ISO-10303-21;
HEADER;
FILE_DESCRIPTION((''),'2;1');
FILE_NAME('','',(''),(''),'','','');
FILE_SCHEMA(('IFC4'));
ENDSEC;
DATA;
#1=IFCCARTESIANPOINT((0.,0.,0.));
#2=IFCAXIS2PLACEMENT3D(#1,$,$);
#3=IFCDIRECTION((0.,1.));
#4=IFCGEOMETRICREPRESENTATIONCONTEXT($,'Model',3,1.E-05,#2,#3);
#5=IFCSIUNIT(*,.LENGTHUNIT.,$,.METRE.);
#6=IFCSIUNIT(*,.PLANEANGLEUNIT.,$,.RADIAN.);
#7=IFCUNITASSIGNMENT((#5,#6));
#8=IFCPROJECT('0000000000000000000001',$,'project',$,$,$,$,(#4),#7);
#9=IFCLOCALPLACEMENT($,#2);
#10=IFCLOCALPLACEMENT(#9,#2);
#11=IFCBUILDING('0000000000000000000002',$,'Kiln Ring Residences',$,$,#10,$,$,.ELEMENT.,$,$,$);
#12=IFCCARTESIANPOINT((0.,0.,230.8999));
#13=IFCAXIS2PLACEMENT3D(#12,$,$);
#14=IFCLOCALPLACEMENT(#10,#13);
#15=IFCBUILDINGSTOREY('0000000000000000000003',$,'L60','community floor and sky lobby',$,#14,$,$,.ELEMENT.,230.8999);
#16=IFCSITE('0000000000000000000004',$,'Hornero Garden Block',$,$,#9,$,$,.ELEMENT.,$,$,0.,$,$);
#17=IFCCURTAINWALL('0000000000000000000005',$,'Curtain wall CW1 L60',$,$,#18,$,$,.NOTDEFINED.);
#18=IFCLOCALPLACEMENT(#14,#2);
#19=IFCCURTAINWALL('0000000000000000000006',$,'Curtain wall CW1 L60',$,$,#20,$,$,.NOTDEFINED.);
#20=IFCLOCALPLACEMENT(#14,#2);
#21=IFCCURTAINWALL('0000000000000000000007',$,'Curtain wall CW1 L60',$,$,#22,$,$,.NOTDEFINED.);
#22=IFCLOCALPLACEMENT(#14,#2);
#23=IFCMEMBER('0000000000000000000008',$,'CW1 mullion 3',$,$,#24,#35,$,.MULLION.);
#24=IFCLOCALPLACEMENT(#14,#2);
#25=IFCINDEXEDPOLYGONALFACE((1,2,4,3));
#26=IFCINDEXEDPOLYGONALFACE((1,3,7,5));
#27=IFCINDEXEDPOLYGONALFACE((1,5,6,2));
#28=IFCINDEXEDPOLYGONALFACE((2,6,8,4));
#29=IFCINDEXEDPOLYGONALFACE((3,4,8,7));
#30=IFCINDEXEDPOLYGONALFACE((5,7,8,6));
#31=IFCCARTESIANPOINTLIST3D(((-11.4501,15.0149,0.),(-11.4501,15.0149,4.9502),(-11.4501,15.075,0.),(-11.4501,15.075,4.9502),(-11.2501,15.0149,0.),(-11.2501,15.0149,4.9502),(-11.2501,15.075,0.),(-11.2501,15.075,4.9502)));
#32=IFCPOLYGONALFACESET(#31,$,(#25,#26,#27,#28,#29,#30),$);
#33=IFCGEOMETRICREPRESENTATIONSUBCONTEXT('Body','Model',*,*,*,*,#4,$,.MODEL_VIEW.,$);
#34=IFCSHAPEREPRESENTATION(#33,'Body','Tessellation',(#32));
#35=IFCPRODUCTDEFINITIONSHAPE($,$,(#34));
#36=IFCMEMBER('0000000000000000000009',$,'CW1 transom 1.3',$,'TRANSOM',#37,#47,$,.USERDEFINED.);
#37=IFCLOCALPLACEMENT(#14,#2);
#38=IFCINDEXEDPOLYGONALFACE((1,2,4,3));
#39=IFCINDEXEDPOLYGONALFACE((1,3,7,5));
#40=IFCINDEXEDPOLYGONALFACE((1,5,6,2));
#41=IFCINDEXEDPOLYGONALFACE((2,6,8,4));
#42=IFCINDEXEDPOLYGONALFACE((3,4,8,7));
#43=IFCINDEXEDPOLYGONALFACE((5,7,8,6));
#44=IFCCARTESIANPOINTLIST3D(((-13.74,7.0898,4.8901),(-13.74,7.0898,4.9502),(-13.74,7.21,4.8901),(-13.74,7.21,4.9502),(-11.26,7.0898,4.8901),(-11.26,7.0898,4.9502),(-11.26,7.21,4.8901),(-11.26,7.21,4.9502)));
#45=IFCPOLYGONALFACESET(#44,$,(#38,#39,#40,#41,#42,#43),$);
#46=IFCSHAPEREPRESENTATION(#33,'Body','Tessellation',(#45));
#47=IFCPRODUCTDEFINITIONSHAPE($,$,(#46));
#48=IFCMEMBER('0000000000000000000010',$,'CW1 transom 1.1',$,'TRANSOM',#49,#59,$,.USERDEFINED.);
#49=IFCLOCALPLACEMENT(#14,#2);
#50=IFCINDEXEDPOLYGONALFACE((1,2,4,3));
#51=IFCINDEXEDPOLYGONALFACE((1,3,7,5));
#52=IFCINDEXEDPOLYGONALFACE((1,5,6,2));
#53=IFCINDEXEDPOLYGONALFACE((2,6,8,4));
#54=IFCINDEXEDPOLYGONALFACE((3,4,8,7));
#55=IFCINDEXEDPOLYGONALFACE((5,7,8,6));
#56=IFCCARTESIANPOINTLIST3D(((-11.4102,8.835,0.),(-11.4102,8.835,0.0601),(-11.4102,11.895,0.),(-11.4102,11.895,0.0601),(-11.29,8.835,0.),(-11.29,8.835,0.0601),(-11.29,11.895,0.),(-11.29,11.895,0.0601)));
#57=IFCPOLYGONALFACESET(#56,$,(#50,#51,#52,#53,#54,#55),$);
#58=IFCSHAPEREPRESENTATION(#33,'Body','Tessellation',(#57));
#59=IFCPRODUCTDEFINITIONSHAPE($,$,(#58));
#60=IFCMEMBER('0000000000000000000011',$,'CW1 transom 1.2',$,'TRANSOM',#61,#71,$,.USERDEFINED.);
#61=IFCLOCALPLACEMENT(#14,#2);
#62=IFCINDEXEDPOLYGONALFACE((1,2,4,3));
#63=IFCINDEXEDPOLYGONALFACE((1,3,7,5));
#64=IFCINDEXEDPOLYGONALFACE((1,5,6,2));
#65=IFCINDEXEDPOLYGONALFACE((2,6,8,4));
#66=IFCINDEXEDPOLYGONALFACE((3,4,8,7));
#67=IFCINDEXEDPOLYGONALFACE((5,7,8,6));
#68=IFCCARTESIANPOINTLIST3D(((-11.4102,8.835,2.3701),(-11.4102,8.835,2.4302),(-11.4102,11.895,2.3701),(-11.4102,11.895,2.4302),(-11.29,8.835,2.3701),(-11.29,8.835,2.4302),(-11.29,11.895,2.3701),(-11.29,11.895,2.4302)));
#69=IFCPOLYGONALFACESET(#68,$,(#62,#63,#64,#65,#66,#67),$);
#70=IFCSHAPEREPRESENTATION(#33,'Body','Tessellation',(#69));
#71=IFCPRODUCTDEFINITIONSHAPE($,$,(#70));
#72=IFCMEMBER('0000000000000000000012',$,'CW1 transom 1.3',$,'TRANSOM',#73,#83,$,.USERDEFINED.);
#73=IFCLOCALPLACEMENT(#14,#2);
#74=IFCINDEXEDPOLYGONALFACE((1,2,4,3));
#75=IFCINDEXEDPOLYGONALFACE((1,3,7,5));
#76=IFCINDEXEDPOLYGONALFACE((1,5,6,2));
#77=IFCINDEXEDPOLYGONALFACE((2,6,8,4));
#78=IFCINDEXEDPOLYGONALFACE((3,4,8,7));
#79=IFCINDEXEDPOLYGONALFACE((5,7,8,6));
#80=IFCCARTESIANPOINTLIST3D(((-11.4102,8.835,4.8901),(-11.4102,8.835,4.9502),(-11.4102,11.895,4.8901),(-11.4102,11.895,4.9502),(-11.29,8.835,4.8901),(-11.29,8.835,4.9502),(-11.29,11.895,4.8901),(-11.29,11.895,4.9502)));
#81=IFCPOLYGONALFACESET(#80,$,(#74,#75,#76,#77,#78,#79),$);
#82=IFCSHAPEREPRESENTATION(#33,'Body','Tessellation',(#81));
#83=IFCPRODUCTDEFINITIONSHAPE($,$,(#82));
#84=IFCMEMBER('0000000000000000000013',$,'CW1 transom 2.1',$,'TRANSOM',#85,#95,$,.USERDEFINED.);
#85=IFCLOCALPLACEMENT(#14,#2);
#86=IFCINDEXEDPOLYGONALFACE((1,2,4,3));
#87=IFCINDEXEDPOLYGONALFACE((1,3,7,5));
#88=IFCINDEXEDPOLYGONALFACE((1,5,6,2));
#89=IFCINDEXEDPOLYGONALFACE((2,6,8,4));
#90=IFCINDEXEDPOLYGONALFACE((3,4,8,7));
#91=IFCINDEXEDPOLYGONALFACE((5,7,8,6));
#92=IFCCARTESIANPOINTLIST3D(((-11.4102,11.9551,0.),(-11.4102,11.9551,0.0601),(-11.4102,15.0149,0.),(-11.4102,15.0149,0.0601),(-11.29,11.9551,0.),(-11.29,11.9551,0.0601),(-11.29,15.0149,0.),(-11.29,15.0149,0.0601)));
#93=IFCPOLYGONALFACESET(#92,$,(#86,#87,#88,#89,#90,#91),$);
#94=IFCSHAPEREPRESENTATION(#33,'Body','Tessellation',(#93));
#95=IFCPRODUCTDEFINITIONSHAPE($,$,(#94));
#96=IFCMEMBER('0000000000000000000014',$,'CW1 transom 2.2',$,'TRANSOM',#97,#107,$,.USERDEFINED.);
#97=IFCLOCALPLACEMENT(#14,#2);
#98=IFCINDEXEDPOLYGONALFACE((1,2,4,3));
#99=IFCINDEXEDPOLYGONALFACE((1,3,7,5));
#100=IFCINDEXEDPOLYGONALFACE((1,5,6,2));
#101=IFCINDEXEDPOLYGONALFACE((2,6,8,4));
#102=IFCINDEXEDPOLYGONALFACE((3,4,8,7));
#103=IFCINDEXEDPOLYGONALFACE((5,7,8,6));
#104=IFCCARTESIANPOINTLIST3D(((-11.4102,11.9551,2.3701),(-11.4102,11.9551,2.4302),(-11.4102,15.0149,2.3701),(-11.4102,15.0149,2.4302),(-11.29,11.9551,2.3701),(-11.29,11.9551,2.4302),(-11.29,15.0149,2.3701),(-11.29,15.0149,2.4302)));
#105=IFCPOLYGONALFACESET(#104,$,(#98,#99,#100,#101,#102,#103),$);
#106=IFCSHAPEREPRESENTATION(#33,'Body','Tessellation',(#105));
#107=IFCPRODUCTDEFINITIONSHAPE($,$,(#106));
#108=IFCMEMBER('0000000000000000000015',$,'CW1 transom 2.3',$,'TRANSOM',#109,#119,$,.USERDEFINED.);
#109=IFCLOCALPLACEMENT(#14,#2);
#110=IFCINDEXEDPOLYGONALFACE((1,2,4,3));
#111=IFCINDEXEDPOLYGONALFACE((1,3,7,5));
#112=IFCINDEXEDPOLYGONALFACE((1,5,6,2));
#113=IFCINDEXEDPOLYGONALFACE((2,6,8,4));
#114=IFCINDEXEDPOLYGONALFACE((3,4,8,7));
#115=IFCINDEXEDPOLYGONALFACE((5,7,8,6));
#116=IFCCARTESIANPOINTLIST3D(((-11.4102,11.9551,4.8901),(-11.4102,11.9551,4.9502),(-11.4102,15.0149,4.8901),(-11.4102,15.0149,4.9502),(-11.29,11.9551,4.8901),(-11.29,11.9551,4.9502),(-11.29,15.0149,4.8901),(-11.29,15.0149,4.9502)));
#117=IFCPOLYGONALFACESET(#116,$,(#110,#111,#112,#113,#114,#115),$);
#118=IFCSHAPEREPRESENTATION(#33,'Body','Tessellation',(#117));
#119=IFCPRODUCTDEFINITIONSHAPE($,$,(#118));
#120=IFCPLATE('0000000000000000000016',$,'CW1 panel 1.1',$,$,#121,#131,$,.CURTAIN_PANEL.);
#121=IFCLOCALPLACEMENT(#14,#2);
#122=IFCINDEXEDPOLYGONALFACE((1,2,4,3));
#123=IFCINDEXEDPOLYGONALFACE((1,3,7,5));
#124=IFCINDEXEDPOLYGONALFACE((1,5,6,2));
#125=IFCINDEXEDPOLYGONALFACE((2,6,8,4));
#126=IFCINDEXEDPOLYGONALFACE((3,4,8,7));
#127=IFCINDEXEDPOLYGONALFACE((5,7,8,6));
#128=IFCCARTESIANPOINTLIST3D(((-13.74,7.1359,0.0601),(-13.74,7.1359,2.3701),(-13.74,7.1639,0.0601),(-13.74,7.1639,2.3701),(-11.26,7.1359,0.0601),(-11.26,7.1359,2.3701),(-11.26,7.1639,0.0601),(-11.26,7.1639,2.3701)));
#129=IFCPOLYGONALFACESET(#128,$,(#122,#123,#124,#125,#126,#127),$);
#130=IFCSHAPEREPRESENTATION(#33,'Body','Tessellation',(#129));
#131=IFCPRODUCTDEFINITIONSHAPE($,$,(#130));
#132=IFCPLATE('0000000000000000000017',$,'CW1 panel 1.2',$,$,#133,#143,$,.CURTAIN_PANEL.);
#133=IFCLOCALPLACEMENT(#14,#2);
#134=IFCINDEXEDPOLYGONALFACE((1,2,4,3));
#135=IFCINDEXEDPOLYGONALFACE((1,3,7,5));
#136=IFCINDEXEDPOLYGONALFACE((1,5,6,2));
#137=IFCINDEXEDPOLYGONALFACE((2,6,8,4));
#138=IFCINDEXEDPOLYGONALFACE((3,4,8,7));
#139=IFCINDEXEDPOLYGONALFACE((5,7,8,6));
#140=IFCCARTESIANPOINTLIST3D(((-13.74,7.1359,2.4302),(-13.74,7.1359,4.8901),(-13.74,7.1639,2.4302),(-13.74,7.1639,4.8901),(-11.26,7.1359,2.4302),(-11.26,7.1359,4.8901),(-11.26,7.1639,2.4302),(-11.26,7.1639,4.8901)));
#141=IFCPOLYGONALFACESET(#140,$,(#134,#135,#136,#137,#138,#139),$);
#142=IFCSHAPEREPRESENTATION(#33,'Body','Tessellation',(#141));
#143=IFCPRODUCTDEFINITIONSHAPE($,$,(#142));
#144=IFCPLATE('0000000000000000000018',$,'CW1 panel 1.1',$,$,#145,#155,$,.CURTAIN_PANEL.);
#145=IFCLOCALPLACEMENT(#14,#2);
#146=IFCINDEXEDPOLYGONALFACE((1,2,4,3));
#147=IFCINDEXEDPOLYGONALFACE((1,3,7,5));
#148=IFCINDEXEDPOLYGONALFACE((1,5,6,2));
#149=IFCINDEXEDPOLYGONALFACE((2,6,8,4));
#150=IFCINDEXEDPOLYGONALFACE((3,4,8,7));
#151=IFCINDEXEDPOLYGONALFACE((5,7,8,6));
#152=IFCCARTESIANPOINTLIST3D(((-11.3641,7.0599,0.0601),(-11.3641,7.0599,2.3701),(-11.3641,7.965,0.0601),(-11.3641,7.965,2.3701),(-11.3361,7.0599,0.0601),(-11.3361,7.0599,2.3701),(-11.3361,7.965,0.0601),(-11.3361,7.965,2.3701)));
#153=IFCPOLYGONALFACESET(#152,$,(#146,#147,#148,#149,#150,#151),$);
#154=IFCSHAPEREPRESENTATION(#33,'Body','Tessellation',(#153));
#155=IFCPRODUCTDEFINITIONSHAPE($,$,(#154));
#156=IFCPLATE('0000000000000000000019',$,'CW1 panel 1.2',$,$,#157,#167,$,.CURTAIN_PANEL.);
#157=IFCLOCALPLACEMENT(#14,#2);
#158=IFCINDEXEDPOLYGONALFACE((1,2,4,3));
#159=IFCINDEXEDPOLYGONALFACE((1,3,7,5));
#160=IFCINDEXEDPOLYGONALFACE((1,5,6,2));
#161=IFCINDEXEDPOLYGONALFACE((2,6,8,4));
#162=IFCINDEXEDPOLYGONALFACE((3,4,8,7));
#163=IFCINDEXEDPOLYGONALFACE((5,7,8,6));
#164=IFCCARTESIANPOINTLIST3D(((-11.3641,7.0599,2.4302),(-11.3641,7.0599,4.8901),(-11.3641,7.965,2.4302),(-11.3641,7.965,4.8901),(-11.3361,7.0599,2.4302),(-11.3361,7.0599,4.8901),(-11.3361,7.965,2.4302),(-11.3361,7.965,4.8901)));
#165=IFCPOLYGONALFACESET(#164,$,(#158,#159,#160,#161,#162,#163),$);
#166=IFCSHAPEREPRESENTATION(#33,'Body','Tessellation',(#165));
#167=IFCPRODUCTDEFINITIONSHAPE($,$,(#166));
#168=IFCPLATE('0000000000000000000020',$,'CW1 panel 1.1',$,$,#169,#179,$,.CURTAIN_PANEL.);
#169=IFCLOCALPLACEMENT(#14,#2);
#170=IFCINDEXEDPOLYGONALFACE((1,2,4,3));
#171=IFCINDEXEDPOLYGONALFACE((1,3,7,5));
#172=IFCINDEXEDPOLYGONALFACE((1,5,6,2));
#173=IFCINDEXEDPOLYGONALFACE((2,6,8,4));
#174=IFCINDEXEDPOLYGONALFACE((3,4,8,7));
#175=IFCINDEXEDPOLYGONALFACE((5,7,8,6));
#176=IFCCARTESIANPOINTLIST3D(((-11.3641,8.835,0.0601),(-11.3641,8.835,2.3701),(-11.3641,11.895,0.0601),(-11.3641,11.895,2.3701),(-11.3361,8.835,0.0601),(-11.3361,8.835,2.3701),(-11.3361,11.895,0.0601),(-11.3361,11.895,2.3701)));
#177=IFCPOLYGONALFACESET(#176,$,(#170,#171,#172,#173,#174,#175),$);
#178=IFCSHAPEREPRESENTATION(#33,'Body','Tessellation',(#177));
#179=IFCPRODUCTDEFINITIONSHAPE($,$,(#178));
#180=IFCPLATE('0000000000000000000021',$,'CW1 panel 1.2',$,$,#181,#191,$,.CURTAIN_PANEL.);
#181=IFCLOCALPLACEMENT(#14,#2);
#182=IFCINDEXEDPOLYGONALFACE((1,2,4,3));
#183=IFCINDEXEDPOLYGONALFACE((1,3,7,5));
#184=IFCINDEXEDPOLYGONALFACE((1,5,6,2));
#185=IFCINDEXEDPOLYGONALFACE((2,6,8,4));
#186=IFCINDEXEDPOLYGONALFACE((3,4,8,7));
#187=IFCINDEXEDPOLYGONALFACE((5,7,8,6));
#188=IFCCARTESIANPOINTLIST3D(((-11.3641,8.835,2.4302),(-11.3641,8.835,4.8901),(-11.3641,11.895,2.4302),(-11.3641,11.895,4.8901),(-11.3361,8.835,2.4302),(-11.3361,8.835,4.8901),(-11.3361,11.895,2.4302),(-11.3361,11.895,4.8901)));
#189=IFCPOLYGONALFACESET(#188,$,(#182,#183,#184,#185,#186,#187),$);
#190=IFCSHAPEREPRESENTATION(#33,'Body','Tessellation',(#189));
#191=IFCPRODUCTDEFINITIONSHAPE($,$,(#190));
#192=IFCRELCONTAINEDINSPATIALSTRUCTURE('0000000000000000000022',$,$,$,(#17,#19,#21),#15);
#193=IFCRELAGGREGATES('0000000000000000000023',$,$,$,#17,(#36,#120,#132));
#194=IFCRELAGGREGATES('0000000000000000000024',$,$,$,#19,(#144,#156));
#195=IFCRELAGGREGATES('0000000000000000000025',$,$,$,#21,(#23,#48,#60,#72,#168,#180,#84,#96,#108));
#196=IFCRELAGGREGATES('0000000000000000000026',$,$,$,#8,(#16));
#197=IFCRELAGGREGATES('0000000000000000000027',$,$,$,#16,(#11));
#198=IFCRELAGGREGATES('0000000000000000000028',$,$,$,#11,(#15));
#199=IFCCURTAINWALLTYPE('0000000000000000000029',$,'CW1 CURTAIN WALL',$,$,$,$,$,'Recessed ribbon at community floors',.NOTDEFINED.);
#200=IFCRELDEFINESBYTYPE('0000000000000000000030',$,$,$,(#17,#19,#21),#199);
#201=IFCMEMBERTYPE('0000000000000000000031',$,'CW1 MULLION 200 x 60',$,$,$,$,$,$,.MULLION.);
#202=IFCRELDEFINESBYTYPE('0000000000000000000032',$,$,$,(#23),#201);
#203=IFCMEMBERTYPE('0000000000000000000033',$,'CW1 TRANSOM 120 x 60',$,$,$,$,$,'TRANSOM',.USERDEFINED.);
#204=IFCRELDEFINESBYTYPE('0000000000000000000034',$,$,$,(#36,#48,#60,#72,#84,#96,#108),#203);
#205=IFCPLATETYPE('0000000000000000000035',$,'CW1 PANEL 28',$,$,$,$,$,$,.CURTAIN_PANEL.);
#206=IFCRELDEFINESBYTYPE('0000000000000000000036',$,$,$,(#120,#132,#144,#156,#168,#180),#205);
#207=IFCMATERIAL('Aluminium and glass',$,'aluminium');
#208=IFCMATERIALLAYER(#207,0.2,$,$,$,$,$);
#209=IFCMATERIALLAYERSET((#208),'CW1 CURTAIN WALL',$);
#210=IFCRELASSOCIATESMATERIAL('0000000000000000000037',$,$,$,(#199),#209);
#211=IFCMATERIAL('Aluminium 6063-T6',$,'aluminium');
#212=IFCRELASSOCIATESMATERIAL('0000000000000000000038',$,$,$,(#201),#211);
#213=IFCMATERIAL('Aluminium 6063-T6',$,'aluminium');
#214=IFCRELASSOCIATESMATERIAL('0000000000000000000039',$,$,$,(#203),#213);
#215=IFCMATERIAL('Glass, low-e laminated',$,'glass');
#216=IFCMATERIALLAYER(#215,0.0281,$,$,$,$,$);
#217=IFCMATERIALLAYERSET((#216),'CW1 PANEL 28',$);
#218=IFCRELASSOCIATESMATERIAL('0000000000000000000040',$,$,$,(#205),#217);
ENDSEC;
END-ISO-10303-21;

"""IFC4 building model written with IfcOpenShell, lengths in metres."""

from ifc_helpers import new_model, si_unit, direction, frame, origin, origin_2d, place, context, subcontext, project, spatial, rectangle, extrude, material, layer, layer_set, material_profile, profile_set, type_object, element, aggregate, save


model = new_model("IFC4")

# Units and contexts
model_context = context("Model", 3, precision=1e-05, world=origin(), true_north=direction((0.0, 1.0)))
body_context = subcontext(model_context, "Body", "Model", "MODEL_VIEW")
ifc_project = project(units=[si_unit("LENGTHUNIT", "METRE"), si_unit("PLANEANGLEUNIT", "RADIAN")], contexts=[model_context])

# Site, building, storey
site_placement = place(None, origin())
site = spatial("IfcSite", under=ifc_project, at=site_placement, Name="Hornero Garden Block", CompositionType="ELEMENT", RefElevation=0.0)
building_placement = place(site_placement, origin())
building = spatial("IfcBuilding", under=site, at=building_placement, Name="Kiln Ring Residences", CompositionType="ELEMENT")
storey_placement = place(building_placement, frame((0.0, 0.0, 230.8999)))
storey = spatial("IfcBuildingStorey", under=building, at=storey_placement, Name="L60", Description="community floor and sky lobby", CompositionType="ELEMENT", Elevation=230.8999)

# Curtain walls
ifc_material_1 = material(Name="Aluminium and glass", Category="aluminium")
ifc_layer_1 = layer(ifc_material_1, 0.2)
ifc_layer_set_1 = layer_set([ifc_layer_1], Name="CW1 CURTAIN WALL")
curtain_wall_type = type_object("IfcCurtainWallType", Name="CW1 CURTAIN WALL", ElementType="Recessed ribbon at community floors", PredefinedType="NOTDEFINED", material=ifc_layer_set_1)
placement = place(storey_placement, origin())
curtain_wall_1 = element("IfcCurtainWall", 1, at=placement, inside=storey, type_object=curtain_wall_type, Name="Curtain wall CW1 L60", PredefinedType="NOTDEFINED")
ifc_material_2 = material(Name="Aluminium 6063-T6", Category="aluminium")
ifc_material_profile_1 = material_profile(ifc_material_2, rectangle(XDim=0.2, YDim=0.0601, at=origin_2d()), Name="AL 200x60")
ifc_profile_set_1 = profile_set([ifc_material_profile_1], Name="Aluminium 6063-T6")
member_type_1 = type_object("IfcMemberType", Name="CW1 MULLION 200 x 60", PredefinedType="MULLION", material=ifc_profile_set_1)
curtain_wall_2 = element("IfcCurtainWall", 2, at=placement, inside=storey, type_object=curtain_wall_type, Name="Curtain wall CW1 L60", PredefinedType="NOTDEFINED")

# Curtain wall, member
curtain_wall_3 = element("IfcCurtainWall", 3, at=placement, inside=storey, type_object=curtain_wall_type, Name="Curtain wall CW1 L60", PredefinedType="NOTDEFINED")
member_1_placement = place(storey_placement, frame((-11.3501, 15.0449, 0.0), z_axis=(0.0, 0.0, 1.0), x_axis=(-1.0, 0.0, 0.0)))
member_1 = element("IfcMember", 4, at=member_1_placement, type_object=member_type_1, Name="CW1 mullion 3", PredefinedType="MULLION", context=body_context, shape_type="SweptSolid", body=[
    extrude(rectangle(XDim=0.2, YDim=0.0601, at=origin_2d()), origin(), (0.0, 0.0, 1.0), 4.9502),
])

# Members
ifc_material_3 = material(Name="Aluminium 6063-T6", Category="aluminium")
ifc_material_profile_2 = material_profile(ifc_material_3, rectangle(XDim=0.1201, YDim=0.0601, at=origin_2d()), Name="AL 120x60")
ifc_profile_set_2 = profile_set([ifc_material_profile_2], Name="Aluminium 6063-T6")
member_type_2 = type_object("IfcMemberType", Name="CW1 TRANSOM 120 x 60", ElementType="TRANSOM", PredefinedType="USERDEFINED", material=ifc_profile_set_2)
member_2_placement = place(storey_placement, frame((-13.74, 7.1499, 4.9202), z_axis=(1.0, 0.0, 0.0), x_axis=(0.0, 1.0, 0.0)))
member_2 = element("IfcMember", 5, at=member_2_placement, type_object=member_type_2, Name="CW1 transom 1.3", ObjectType="TRANSOM", PredefinedType="USERDEFINED", context=body_context, shape_type="SweptSolid", body=[
    extrude(rectangle(XDim=0.1201, YDim=0.0601, at=origin_2d()), origin(), (0.0, 0.0, 1.0), 2.48),
])
member_3_placement = place(storey_placement, frame((-11.3501, 8.835, 0.03), z_axis=(0.0, 1.0, 0.0), x_axis=(-1.0, 0.0, 0.0)))
member_3 = element("IfcMember", 6, at=member_3_placement, type_object=member_type_2, Name="CW1 transom 1.1", ObjectType="TRANSOM", PredefinedType="USERDEFINED", context=body_context, shape_type="SweptSolid", body=[
    extrude(rectangle(XDim=0.1201, YDim=0.0601, at=origin_2d()), origin(), (0.0, 0.0, 1.0), 3.0601),
])
member_4_placement = place(storey_placement, frame((-11.3501, 8.835, 2.4001), z_axis=(0.0, 1.0, 0.0), x_axis=(-1.0, 0.0, 0.0)))
member_4 = element("IfcMember", 7, at=member_4_placement, type_object=member_type_2, Name="CW1 transom 1.2", ObjectType="TRANSOM", PredefinedType="USERDEFINED", context=body_context, shape_type="SweptSolid", body=[
    extrude(rectangle(XDim=0.1201, YDim=0.0601, at=origin_2d()), origin(), (0.0, 0.0, 1.0), 3.0601),
])
member_5_placement = place(storey_placement, frame((-11.3501, 8.835, 4.9202), z_axis=(0.0, 1.0, 0.0), x_axis=(-1.0, 0.0, 0.0)))
member_5 = element("IfcMember", 8, at=member_5_placement, type_object=member_type_2, Name="CW1 transom 1.3", ObjectType="TRANSOM", PredefinedType="USERDEFINED", context=body_context, shape_type="SweptSolid", body=[
    extrude(rectangle(XDim=0.1201, YDim=0.0601, at=origin_2d()), origin(), (0.0, 0.0, 1.0), 3.0601),
])
member_6_placement = place(storey_placement, frame((-11.3501, 11.9551, 0.03), z_axis=(0.0, 1.0, 0.0), x_axis=(-1.0, 0.0, 0.0)))
member_6 = element("IfcMember", 9, at=member_6_placement, type_object=member_type_2, Name="CW1 transom 2.1", ObjectType="TRANSOM", PredefinedType="USERDEFINED", context=body_context, shape_type="SweptSolid", body=[
    extrude(rectangle(XDim=0.1201, YDim=0.0601, at=origin_2d()), origin(), (0.0, 0.0, 1.0), 3.0598),
])
member_7_placement = place(storey_placement, frame((-11.3501, 11.9551, 2.4001), z_axis=(0.0, 1.0, 0.0), x_axis=(-1.0, 0.0, 0.0)))
member_7 = element("IfcMember", 10, at=member_7_placement, type_object=member_type_2, Name="CW1 transom 2.2", ObjectType="TRANSOM", PredefinedType="USERDEFINED", context=body_context, shape_type="SweptSolid", body=[
    extrude(rectangle(XDim=0.1201, YDim=0.0601, at=origin_2d()), origin(), (0.0, 0.0, 1.0), 3.0598),
])
member_8_placement = place(storey_placement, frame((-11.3501, 11.9551, 4.9202), z_axis=(0.0, 1.0, 0.0), x_axis=(-1.0, 0.0, 0.0)))
member_8 = element("IfcMember", 11, at=member_8_placement, type_object=member_type_2, Name="CW1 transom 2.3", ObjectType="TRANSOM", PredefinedType="USERDEFINED", context=body_context, shape_type="SweptSolid", body=[
    extrude(rectangle(XDim=0.1201, YDim=0.0601, at=origin_2d()), origin(), (0.0, 0.0, 1.0), 3.0598),
])

# Plates
ifc_material_4 = material(Name="Glass, low-e laminated", Category="glass")
ifc_layer_2 = layer(ifc_material_4, 0.0281)
ifc_layer_set_2 = layer_set([ifc_layer_2], Name="CW1 PANEL 28")
plate_type = type_object("IfcPlateType", Name="CW1 PANEL 28", PredefinedType="CURTAIN_PANEL", material=ifc_layer_set_2)
plate_1_placement = place(storey_placement, frame((-12.5, 7.1499, 0.0601), z_axis=(0.0, 0.0, 1.0), x_axis=(1.0, 0.0, 0.0)))
plate_1 = element("IfcPlate", 12, at=plate_1_placement, type_object=plate_type, Name="CW1 panel 1.1", PredefinedType="CURTAIN_PANEL", context=body_context, shape_type="SweptSolid", body=[
    extrude(rectangle(XDim=2.48, YDim=0.0281, at=origin_2d()), origin(), (0.0, 0.0, 1.0), 2.3101),
])
plate_2_placement = place(storey_placement, frame((-12.5, 7.1499, 2.4302), z_axis=(0.0, 0.0, 1.0), x_axis=(1.0, 0.0, 0.0)))
plate_2 = element("IfcPlate", 13, at=plate_2_placement, type_object=plate_type, Name="CW1 panel 1.2", PredefinedType="CURTAIN_PANEL", context=body_context, shape_type="SweptSolid", body=[
    extrude(rectangle(XDim=2.48, YDim=0.0281, at=origin_2d()), origin(), (0.0, 0.0, 1.0), 2.46),
])
aggregate(curtain_wall_1, [member_2, plate_1, plate_2])
plate_3_placement = place(storey_placement, frame((-11.3501, 7.5125, 0.0601), z_axis=(0.0, 0.0, 1.0), x_axis=(0.0, 1.0, 0.0)))
plate_3 = element("IfcPlate", 14, at=plate_3_placement, type_object=plate_type, Name="CW1 panel 1.1", PredefinedType="CURTAIN_PANEL", context=body_context, shape_type="SweptSolid", body=[
    extrude(rectangle(XDim=0.905, YDim=0.0281, at=origin_2d()), origin(), (0.0, 0.0, 1.0), 2.3101),
])
plate_4_placement = place(storey_placement, frame((-11.3501, 7.5125, 2.4302), z_axis=(0.0, 0.0, 1.0), x_axis=(0.0, 1.0, 0.0)))
plate_4 = element("IfcPlate", 15, at=plate_4_placement, type_object=plate_type, Name="CW1 panel 1.2", PredefinedType="CURTAIN_PANEL", context=body_context, shape_type="SweptSolid", body=[
    extrude(rectangle(XDim=0.905, YDim=0.0281, at=origin_2d()), origin(), (0.0, 0.0, 1.0), 2.46),
])
aggregate(curtain_wall_2, [plate_3, plate_4])
plate_5_placement = place(storey_placement, frame((-11.3501, 10.365, 0.0601), z_axis=(0.0, 0.0, 1.0), x_axis=(0.0, 1.0, 0.0)))
plate_5 = element("IfcPlate", 16, at=plate_5_placement, type_object=plate_type, Name="CW1 panel 1.1", PredefinedType="CURTAIN_PANEL", context=body_context, shape_type="SweptSolid", body=[
    extrude(rectangle(XDim=3.0601, YDim=0.0281, at=origin_2d()), origin(), (0.0, 0.0, 1.0), 2.3101),
])
plate_6_placement = place(storey_placement, frame((-11.3501, 10.365, 2.4302), z_axis=(0.0, 0.0, 1.0), x_axis=(0.0, 1.0, 0.0)))
plate_6 = element("IfcPlate", 17, at=plate_6_placement, type_object=plate_type, Name="CW1 panel 1.2", PredefinedType="CURTAIN_PANEL", context=body_context, shape_type="SweptSolid", body=[
    extrude(rectangle(XDim=3.0601, YDim=0.0281, at=origin_2d()), origin(), (0.0, 0.0, 1.0), 2.46),
])
aggregate(curtain_wall_3, [member_1, member_3, member_4, member_5, plate_5, plate_6, member_6, member_7, member_8])

save(model, "model.ifc")
